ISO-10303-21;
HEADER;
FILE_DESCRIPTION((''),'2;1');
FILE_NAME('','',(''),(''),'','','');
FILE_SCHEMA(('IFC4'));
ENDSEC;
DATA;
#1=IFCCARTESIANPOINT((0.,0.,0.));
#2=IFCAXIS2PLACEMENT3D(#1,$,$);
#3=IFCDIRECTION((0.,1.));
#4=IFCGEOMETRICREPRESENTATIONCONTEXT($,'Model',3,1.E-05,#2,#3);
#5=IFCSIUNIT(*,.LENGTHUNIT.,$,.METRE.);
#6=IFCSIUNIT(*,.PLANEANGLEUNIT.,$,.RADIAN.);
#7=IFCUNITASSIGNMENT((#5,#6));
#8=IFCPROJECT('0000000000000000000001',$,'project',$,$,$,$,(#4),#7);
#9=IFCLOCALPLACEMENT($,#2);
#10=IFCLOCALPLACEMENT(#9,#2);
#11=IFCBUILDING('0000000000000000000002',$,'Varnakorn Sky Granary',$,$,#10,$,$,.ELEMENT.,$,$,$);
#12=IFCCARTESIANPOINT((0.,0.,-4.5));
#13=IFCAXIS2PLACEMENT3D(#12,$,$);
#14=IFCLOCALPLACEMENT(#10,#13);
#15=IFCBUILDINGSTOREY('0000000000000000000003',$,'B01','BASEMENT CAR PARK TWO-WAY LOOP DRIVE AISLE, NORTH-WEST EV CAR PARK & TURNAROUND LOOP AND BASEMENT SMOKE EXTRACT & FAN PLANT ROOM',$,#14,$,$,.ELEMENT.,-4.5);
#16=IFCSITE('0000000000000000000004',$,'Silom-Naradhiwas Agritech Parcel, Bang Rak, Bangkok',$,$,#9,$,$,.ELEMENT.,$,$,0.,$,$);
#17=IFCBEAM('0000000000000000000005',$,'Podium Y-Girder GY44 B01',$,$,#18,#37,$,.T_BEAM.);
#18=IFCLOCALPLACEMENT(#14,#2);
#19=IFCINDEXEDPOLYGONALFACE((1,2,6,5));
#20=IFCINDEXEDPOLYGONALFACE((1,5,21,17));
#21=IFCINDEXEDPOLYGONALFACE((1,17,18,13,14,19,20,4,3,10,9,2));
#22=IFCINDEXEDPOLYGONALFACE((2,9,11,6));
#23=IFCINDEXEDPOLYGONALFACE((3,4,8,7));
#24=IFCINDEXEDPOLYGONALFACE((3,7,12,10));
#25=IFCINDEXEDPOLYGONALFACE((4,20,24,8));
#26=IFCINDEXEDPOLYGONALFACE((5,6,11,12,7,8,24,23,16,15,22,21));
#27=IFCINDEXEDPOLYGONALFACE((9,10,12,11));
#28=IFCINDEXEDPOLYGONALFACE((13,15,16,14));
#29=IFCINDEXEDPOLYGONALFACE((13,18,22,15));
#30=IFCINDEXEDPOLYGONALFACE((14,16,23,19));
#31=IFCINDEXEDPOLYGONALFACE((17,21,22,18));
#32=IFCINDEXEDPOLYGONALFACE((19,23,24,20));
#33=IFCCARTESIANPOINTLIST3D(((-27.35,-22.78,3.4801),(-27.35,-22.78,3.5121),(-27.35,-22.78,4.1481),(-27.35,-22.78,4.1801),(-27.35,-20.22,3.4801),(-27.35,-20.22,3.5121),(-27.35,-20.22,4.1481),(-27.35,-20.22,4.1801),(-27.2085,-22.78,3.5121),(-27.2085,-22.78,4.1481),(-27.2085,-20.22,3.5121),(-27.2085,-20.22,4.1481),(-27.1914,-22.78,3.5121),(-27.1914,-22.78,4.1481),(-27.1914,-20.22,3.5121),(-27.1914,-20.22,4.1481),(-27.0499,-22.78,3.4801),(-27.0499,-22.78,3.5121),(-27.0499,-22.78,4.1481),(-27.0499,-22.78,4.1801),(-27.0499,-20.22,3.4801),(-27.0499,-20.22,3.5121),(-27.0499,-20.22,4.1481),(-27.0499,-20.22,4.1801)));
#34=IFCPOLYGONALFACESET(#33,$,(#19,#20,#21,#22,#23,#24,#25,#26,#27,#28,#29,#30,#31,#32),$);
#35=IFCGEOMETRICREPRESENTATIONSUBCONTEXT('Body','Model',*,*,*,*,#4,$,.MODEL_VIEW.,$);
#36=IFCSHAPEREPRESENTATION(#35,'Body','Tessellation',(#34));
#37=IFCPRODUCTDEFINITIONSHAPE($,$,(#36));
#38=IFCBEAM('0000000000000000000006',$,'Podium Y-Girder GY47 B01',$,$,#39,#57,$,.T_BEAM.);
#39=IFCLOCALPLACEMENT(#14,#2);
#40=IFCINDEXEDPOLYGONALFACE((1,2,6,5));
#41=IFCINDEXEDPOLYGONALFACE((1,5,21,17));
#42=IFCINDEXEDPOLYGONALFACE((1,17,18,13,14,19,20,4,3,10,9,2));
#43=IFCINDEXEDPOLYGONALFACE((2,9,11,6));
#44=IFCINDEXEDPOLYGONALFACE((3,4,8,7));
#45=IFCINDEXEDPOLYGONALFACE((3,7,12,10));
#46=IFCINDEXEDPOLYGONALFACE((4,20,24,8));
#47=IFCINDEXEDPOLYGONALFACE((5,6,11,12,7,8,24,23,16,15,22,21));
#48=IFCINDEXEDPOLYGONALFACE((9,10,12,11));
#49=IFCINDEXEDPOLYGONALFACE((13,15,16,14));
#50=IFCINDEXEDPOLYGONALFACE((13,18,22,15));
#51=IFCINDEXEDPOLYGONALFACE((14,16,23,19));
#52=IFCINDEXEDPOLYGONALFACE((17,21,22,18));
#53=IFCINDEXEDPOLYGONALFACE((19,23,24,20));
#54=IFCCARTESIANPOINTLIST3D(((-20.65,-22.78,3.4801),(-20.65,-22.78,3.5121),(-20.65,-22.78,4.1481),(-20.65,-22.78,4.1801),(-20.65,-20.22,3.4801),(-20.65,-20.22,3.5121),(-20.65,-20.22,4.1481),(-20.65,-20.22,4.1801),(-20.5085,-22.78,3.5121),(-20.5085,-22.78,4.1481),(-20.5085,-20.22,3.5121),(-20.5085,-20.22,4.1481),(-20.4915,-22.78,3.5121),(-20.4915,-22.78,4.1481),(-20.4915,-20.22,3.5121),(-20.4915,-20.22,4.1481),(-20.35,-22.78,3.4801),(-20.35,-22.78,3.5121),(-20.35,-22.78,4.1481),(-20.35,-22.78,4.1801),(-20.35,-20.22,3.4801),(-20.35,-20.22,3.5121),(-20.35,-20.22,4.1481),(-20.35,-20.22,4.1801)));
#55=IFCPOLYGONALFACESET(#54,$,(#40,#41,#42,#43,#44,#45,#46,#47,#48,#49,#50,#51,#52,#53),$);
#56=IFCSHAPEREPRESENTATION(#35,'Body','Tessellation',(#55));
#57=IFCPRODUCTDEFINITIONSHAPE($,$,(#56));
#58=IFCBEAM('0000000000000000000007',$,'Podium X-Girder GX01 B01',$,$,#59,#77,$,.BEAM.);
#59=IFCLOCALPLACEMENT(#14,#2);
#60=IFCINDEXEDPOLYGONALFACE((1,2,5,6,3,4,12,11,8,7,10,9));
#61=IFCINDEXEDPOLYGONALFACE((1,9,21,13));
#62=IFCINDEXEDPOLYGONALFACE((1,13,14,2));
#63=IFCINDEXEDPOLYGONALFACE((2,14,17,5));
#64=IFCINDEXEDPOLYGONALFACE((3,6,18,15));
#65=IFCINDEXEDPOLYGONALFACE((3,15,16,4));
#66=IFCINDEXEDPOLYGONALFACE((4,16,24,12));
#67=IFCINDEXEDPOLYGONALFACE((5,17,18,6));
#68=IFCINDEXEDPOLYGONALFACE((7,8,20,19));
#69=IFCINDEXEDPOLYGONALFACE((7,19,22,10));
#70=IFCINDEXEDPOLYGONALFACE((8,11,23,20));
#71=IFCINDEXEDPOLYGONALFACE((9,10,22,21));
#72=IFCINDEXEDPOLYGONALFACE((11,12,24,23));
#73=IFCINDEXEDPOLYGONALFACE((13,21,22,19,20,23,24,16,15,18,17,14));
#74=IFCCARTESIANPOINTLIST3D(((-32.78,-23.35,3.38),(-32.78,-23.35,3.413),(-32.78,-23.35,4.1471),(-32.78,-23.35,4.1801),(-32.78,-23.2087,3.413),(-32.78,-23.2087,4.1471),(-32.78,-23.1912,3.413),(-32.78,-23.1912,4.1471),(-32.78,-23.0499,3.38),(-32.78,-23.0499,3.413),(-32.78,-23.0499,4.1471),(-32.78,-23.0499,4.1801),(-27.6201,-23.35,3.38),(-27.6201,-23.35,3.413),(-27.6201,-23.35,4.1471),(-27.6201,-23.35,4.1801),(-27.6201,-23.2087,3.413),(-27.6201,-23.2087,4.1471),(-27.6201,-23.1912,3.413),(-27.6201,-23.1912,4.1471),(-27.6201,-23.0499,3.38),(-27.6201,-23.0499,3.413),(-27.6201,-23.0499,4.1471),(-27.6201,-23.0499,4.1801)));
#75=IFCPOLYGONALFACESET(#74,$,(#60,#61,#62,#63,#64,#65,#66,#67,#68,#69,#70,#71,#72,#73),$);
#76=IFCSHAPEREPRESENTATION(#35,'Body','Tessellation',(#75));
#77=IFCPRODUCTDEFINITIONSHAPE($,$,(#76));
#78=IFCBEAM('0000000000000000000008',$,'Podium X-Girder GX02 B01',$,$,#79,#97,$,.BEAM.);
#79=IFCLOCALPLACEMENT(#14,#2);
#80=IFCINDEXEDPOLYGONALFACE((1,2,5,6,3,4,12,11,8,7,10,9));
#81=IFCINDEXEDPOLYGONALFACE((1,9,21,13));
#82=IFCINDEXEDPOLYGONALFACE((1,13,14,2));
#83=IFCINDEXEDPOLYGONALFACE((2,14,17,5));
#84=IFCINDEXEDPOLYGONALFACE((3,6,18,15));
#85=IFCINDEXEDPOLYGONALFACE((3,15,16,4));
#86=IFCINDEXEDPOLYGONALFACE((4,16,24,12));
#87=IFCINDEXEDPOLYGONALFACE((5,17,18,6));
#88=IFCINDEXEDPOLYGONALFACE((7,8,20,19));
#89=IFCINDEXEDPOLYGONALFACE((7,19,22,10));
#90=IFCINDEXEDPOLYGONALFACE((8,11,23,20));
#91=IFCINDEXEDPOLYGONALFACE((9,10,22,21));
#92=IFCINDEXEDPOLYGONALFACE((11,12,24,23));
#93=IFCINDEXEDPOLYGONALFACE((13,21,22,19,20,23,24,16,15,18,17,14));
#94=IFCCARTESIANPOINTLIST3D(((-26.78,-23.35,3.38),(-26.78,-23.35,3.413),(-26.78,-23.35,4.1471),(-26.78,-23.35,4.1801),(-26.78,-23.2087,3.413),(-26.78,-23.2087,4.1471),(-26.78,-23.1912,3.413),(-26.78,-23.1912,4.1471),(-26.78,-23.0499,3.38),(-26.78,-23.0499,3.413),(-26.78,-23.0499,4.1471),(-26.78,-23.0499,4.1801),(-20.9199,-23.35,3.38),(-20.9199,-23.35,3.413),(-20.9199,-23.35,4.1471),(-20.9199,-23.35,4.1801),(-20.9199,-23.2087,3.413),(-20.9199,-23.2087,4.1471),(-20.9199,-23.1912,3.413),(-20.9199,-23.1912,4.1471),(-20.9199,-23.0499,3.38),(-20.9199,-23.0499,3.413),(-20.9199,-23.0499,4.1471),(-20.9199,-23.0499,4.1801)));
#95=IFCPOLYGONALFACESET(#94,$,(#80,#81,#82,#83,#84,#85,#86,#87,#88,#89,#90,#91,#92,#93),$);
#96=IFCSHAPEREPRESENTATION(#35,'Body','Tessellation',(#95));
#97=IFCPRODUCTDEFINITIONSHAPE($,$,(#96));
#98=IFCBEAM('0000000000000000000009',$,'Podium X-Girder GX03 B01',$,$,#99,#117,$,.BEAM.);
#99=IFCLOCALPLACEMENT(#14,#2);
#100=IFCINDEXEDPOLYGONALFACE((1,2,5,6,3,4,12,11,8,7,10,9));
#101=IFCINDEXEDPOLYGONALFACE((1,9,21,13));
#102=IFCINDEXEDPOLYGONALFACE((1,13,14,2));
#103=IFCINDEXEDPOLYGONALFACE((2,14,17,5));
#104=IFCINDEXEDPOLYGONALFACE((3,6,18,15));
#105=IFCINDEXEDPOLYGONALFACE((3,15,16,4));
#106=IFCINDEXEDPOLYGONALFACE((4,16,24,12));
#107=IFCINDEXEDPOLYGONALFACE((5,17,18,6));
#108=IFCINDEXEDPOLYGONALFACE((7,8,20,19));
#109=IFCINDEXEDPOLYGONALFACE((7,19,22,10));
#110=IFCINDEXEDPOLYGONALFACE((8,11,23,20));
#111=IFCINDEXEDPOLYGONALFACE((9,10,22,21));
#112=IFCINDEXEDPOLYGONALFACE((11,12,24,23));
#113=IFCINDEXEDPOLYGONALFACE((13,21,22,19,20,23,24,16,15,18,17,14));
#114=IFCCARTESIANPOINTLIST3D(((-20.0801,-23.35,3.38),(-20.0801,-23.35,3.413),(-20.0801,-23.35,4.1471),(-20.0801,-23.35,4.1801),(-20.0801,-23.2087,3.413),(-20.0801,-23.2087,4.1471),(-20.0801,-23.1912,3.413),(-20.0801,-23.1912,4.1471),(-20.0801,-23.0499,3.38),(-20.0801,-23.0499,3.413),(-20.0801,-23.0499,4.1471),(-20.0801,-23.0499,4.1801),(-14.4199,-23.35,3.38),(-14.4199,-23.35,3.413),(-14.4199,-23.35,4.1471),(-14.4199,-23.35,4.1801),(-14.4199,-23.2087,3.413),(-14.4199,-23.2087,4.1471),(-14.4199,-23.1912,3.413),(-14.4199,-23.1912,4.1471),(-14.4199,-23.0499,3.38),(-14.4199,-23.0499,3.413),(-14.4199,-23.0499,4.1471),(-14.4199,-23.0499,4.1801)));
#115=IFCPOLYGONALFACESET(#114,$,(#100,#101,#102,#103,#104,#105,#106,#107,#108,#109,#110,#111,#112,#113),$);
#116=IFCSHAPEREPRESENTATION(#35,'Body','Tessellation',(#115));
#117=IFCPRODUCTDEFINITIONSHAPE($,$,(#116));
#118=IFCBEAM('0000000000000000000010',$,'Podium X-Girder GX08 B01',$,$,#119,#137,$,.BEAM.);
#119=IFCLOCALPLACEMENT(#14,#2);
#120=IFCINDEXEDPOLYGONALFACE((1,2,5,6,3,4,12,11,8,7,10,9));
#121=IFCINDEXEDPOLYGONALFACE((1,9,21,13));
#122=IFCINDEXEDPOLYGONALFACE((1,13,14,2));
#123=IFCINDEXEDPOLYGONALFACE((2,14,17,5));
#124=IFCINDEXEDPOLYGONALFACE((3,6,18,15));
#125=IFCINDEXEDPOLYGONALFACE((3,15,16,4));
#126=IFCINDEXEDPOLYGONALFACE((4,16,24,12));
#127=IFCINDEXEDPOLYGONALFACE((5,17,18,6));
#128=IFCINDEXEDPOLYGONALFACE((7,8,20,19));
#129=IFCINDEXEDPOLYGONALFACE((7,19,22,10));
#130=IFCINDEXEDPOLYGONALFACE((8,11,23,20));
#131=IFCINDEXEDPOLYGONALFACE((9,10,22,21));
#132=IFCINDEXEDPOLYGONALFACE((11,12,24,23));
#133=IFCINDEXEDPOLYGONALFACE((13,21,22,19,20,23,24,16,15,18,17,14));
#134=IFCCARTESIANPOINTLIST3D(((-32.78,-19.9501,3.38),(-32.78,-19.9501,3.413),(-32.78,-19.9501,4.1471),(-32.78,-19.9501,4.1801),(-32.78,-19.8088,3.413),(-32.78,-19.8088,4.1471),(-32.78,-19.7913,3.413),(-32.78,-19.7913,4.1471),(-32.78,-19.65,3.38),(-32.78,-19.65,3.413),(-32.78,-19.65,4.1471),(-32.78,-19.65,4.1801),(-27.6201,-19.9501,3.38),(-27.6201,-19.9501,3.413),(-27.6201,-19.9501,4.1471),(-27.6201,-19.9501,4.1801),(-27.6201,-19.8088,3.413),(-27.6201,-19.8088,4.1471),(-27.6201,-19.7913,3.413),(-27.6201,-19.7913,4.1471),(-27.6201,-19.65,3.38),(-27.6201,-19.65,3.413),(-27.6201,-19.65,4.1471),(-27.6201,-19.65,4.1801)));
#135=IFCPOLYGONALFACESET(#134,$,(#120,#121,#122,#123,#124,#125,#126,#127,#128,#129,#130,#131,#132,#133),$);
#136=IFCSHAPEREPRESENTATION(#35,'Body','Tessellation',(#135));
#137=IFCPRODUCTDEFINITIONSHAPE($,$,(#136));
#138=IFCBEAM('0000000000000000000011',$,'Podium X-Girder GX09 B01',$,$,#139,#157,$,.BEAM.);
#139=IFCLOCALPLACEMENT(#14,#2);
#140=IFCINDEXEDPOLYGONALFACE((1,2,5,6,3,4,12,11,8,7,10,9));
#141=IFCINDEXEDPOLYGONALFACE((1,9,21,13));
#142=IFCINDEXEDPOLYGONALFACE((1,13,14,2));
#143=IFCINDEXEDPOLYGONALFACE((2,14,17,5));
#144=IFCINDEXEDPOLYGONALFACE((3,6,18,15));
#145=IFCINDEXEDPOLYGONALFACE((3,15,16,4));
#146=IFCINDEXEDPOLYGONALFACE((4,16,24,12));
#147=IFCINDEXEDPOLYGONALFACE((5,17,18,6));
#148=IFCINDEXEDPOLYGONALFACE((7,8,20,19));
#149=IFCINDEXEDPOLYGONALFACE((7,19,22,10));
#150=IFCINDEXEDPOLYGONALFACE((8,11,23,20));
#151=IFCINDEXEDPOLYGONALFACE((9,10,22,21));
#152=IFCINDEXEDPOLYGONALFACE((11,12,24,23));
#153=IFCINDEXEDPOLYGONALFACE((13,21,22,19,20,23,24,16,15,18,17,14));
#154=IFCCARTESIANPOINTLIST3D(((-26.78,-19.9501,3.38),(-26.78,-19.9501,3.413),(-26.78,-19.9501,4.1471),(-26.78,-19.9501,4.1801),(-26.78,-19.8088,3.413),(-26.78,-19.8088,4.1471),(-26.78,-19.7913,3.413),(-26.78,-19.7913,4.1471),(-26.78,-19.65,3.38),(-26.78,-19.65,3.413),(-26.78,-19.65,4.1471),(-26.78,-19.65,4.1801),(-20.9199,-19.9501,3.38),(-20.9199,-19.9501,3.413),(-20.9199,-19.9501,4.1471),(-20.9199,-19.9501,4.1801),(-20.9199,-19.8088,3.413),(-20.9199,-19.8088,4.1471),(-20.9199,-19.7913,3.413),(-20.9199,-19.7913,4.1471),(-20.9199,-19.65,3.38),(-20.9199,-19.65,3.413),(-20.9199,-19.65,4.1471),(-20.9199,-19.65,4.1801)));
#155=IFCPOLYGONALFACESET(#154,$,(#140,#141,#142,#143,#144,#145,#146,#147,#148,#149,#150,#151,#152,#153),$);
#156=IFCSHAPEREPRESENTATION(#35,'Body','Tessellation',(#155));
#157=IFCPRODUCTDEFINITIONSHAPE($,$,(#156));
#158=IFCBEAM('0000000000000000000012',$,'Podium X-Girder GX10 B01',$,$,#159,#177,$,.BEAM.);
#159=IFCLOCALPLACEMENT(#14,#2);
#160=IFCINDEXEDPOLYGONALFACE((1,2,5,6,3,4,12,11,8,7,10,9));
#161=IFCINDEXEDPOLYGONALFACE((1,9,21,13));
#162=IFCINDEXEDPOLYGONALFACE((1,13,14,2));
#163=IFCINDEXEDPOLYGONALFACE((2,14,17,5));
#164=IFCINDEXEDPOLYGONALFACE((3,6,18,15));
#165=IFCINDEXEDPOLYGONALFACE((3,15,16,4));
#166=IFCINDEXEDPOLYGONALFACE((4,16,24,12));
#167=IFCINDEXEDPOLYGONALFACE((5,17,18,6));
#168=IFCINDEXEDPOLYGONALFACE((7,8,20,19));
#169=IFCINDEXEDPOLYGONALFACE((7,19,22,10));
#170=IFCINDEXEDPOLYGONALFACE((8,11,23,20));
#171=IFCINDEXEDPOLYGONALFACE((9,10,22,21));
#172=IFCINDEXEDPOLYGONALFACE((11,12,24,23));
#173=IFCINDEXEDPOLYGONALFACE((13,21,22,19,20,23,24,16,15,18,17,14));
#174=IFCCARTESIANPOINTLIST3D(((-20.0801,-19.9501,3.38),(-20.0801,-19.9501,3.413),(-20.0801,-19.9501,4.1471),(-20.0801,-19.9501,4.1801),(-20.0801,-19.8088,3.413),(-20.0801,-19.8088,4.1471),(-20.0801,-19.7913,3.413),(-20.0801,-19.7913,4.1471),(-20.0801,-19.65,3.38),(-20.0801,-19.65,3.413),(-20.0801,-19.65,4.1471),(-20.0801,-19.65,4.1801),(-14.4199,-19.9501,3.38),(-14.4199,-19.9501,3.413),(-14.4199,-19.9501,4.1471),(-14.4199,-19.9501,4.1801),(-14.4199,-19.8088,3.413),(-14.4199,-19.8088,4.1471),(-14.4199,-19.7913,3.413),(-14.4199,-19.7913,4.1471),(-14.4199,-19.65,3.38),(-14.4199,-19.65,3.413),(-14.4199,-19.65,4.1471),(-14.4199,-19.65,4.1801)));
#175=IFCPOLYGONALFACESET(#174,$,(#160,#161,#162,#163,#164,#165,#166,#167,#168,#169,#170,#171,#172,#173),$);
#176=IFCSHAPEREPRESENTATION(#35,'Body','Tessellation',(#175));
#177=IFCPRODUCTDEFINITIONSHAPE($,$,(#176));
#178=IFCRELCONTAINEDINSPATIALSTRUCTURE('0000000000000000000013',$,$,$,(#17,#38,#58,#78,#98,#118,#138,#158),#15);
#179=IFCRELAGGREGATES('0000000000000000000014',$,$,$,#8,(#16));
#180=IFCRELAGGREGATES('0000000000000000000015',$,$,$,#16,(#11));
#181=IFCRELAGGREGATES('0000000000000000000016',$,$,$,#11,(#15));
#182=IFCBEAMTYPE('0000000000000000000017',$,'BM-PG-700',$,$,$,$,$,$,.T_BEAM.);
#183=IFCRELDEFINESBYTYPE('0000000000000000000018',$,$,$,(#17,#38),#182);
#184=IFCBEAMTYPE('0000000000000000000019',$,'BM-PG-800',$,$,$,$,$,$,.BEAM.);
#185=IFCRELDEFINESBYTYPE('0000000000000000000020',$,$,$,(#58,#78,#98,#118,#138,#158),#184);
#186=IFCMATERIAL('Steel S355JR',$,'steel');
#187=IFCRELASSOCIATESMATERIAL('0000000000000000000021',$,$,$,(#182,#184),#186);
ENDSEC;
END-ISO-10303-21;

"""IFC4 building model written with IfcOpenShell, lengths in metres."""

from ifc_helpers import new_model, si_unit, direction, frame, origin, origin_2d, place, context, subcontext, project, spatial, i_section, extrude, material, material_profile, profile_set, type_object, element, save


model = new_model("IFC4")

# Units and contexts
model_context = context("Model", 3, precision=1e-05, world=origin(), true_north=direction((0.0, 1.0)))
body_context = subcontext(model_context, "Body", "Model", "MODEL_VIEW")
ifc_project = project(units=[si_unit("LENGTHUNIT", "METRE"), si_unit("PLANEANGLEUNIT", "RADIAN")], contexts=[model_context])

# Site, building, storey
site_placement = place(None, origin())
site = spatial("IfcSite", under=ifc_project, at=site_placement, Name="Silom-Naradhiwas Agritech Parcel, Bang Rak, Bangkok", CompositionType="ELEMENT", RefElevation=0.0)
building_placement = place(site_placement, origin())
building = spatial("IfcBuilding", under=site, at=building_placement, Name="Varnakorn Sky Granary", CompositionType="ELEMENT")
storey_placement = place(building_placement, frame((0.0, 0.0, -4.5)))
storey = spatial("IfcBuildingStorey", under=building, at=storey_placement, Name="B01", Description="BASEMENT CAR PARK TWO-WAY LOOP DRIVE AISLE, NORTH-WEST EV CAR PARK & TURNAROUND LOOP AND BASEMENT SMOKE EXTRACT & FAN PLANT ROOM", CompositionType="ELEMENT", Elevation=-4.5)

# Beams
ifc_material_1 = material(Name="Steel S355JR", Category="steel")
ifc_material_profile_1 = material_profile(ifc_material_1, i_section(OverallWidth=0.3, OverallDepth=0.7, WebThickness=0.0171, FlangeThickness=0.032, at=origin_2d()), Name="HE 700 B")
ifc_profile_set_1 = profile_set([ifc_material_profile_1], Name="Steel S355JR")
beam_type_1 = type_object("IfcBeamType", Name="BM-PG-700", PredefinedType="T_BEAM", material=ifc_profile_set_1)
for number, where, z_axis, x_axis, name in (
    (1, (-27.2, -22.78, 3.8301), (0.0, 1.0, 0.0), (-1.0, 0.0, 0.0), "Podium Y-Girder GY44 B01"),
    (2, (-20.5, -22.78, 3.8301), (0.0, 1.0, 0.0), (-1.0, 0.0, 0.0), "Podium Y-Girder GY47 B01"),
):
    element("IfcBeam", number, at=place(storey_placement, frame(where, z_axis=z_axis, x_axis=x_axis)), inside=storey, type_object=beam_type_1, Name=name, PredefinedType="T_BEAM", context=body_context, shape_type="SweptSolid", body=[
        extrude(i_section(OverallWidth=0.3, OverallDepth=0.7, WebThickness=0.0171, FlangeThickness=0.032, at=origin_2d()), origin(), (0.0, 0.0, 1.0), 2.5601),
    ])
ifc_material_profile_2 = material_profile(ifc_material_1, i_section(OverallWidth=0.3, OverallDepth=0.8, WebThickness=0.0176, FlangeThickness=0.033, at=origin_2d()), Name="HE 800 B")
ifc_profile_set_2 = profile_set([ifc_material_profile_2], Name="Steel S355JR")
beam_type_2 = type_object("IfcBeamType", Name="BM-PG-800", PredefinedType="BEAM", material=ifc_profile_set_2)
beam_1_placement = place(storey_placement, frame((-32.78, -23.2, 3.78), z_axis=(1.0, 0.0, 0.0), x_axis=(0.0, 1.0, 0.0)))
element("IfcBeam", 3, at=beam_1_placement, inside=storey, type_object=beam_type_2, Name="Podium X-Girder GX01 B01", PredefinedType="BEAM", context=body_context, shape_type="SweptSolid", body=[
    extrude(i_section(OverallWidth=0.3, OverallDepth=0.8, WebThickness=0.0176, FlangeThickness=0.033, at=origin_2d()), origin(), (0.0, 0.0, 1.0), 5.1599),
])
beam_2_placement = place(storey_placement, frame((-26.78, -23.2, 3.78), z_axis=(1.0, 0.0, 0.0), x_axis=(0.0, 1.0, 0.0)))
element("IfcBeam", 4, at=beam_2_placement, inside=storey, type_object=beam_type_2, Name="Podium X-Girder GX02 B01", PredefinedType="BEAM", context=body_context, shape_type="SweptSolid", body=[
    extrude(i_section(OverallWidth=0.3, OverallDepth=0.8, WebThickness=0.0176, FlangeThickness=0.033, at=origin_2d()), origin(), (0.0, 0.0, 1.0), 5.8601),
])
beam_3_placement = place(storey_placement, frame((-20.0801, -23.2, 3.78), z_axis=(1.0, 0.0, 0.0), x_axis=(0.0, 1.0, 0.0)))
element("IfcBeam", 5, at=beam_3_placement, inside=storey, type_object=beam_type_2, Name="Podium X-Girder GX03 B01", PredefinedType="BEAM", context=body_context, shape_type="SweptSolid", body=[
    extrude(i_section(OverallWidth=0.3, OverallDepth=0.8, WebThickness=0.0176, FlangeThickness=0.033, at=origin_2d()), origin(), (0.0, 0.0, 1.0), 5.6602),
])
beam_4_placement = place(storey_placement, frame((-32.78, -19.8, 3.78), z_axis=(1.0, 0.0, 0.0), x_axis=(0.0, 1.0, 0.0)))
element("IfcBeam", 6, at=beam_4_placement, inside=storey, type_object=beam_type_2, Name="Podium X-Girder GX08 B01", PredefinedType="BEAM", context=body_context, shape_type="SweptSolid", body=[
    extrude(i_section(OverallWidth=0.3, OverallDepth=0.8, WebThickness=0.0176, FlangeThickness=0.033, at=origin_2d()), origin(), (0.0, 0.0, 1.0), 5.1599),
])
beam_5_placement = place(storey_placement, frame((-26.78, -19.8, 3.78), z_axis=(1.0, 0.0, 0.0), x_axis=(0.0, 1.0, 0.0)))
element("IfcBeam", 7, at=beam_5_placement, inside=storey, type_object=beam_type_2, Name="Podium X-Girder GX09 B01", PredefinedType="BEAM", context=body_context, shape_type="SweptSolid", body=[
    extrude(i_section(OverallWidth=0.3, OverallDepth=0.8, WebThickness=0.0176, FlangeThickness=0.033, at=origin_2d()), origin(), (0.0, 0.0, 1.0), 5.8601),
])
beam_6_placement = place(storey_placement, frame((-20.0801, -19.8, 3.78), z_axis=(1.0, 0.0, 0.0), x_axis=(0.0, 1.0, 0.0)))
element("IfcBeam", 8, at=beam_6_placement, inside=storey, type_object=beam_type_2, Name="Podium X-Girder GX10 B01", PredefinedType="BEAM", context=body_context, shape_type="SweptSolid", body=[
    extrude(i_section(OverallWidth=0.3, OverallDepth=0.8, WebThickness=0.0176, FlangeThickness=0.033, at=origin_2d()), origin(), (0.0, 0.0, 1.0), 5.6602),
])

save(model, "model.ifc")
